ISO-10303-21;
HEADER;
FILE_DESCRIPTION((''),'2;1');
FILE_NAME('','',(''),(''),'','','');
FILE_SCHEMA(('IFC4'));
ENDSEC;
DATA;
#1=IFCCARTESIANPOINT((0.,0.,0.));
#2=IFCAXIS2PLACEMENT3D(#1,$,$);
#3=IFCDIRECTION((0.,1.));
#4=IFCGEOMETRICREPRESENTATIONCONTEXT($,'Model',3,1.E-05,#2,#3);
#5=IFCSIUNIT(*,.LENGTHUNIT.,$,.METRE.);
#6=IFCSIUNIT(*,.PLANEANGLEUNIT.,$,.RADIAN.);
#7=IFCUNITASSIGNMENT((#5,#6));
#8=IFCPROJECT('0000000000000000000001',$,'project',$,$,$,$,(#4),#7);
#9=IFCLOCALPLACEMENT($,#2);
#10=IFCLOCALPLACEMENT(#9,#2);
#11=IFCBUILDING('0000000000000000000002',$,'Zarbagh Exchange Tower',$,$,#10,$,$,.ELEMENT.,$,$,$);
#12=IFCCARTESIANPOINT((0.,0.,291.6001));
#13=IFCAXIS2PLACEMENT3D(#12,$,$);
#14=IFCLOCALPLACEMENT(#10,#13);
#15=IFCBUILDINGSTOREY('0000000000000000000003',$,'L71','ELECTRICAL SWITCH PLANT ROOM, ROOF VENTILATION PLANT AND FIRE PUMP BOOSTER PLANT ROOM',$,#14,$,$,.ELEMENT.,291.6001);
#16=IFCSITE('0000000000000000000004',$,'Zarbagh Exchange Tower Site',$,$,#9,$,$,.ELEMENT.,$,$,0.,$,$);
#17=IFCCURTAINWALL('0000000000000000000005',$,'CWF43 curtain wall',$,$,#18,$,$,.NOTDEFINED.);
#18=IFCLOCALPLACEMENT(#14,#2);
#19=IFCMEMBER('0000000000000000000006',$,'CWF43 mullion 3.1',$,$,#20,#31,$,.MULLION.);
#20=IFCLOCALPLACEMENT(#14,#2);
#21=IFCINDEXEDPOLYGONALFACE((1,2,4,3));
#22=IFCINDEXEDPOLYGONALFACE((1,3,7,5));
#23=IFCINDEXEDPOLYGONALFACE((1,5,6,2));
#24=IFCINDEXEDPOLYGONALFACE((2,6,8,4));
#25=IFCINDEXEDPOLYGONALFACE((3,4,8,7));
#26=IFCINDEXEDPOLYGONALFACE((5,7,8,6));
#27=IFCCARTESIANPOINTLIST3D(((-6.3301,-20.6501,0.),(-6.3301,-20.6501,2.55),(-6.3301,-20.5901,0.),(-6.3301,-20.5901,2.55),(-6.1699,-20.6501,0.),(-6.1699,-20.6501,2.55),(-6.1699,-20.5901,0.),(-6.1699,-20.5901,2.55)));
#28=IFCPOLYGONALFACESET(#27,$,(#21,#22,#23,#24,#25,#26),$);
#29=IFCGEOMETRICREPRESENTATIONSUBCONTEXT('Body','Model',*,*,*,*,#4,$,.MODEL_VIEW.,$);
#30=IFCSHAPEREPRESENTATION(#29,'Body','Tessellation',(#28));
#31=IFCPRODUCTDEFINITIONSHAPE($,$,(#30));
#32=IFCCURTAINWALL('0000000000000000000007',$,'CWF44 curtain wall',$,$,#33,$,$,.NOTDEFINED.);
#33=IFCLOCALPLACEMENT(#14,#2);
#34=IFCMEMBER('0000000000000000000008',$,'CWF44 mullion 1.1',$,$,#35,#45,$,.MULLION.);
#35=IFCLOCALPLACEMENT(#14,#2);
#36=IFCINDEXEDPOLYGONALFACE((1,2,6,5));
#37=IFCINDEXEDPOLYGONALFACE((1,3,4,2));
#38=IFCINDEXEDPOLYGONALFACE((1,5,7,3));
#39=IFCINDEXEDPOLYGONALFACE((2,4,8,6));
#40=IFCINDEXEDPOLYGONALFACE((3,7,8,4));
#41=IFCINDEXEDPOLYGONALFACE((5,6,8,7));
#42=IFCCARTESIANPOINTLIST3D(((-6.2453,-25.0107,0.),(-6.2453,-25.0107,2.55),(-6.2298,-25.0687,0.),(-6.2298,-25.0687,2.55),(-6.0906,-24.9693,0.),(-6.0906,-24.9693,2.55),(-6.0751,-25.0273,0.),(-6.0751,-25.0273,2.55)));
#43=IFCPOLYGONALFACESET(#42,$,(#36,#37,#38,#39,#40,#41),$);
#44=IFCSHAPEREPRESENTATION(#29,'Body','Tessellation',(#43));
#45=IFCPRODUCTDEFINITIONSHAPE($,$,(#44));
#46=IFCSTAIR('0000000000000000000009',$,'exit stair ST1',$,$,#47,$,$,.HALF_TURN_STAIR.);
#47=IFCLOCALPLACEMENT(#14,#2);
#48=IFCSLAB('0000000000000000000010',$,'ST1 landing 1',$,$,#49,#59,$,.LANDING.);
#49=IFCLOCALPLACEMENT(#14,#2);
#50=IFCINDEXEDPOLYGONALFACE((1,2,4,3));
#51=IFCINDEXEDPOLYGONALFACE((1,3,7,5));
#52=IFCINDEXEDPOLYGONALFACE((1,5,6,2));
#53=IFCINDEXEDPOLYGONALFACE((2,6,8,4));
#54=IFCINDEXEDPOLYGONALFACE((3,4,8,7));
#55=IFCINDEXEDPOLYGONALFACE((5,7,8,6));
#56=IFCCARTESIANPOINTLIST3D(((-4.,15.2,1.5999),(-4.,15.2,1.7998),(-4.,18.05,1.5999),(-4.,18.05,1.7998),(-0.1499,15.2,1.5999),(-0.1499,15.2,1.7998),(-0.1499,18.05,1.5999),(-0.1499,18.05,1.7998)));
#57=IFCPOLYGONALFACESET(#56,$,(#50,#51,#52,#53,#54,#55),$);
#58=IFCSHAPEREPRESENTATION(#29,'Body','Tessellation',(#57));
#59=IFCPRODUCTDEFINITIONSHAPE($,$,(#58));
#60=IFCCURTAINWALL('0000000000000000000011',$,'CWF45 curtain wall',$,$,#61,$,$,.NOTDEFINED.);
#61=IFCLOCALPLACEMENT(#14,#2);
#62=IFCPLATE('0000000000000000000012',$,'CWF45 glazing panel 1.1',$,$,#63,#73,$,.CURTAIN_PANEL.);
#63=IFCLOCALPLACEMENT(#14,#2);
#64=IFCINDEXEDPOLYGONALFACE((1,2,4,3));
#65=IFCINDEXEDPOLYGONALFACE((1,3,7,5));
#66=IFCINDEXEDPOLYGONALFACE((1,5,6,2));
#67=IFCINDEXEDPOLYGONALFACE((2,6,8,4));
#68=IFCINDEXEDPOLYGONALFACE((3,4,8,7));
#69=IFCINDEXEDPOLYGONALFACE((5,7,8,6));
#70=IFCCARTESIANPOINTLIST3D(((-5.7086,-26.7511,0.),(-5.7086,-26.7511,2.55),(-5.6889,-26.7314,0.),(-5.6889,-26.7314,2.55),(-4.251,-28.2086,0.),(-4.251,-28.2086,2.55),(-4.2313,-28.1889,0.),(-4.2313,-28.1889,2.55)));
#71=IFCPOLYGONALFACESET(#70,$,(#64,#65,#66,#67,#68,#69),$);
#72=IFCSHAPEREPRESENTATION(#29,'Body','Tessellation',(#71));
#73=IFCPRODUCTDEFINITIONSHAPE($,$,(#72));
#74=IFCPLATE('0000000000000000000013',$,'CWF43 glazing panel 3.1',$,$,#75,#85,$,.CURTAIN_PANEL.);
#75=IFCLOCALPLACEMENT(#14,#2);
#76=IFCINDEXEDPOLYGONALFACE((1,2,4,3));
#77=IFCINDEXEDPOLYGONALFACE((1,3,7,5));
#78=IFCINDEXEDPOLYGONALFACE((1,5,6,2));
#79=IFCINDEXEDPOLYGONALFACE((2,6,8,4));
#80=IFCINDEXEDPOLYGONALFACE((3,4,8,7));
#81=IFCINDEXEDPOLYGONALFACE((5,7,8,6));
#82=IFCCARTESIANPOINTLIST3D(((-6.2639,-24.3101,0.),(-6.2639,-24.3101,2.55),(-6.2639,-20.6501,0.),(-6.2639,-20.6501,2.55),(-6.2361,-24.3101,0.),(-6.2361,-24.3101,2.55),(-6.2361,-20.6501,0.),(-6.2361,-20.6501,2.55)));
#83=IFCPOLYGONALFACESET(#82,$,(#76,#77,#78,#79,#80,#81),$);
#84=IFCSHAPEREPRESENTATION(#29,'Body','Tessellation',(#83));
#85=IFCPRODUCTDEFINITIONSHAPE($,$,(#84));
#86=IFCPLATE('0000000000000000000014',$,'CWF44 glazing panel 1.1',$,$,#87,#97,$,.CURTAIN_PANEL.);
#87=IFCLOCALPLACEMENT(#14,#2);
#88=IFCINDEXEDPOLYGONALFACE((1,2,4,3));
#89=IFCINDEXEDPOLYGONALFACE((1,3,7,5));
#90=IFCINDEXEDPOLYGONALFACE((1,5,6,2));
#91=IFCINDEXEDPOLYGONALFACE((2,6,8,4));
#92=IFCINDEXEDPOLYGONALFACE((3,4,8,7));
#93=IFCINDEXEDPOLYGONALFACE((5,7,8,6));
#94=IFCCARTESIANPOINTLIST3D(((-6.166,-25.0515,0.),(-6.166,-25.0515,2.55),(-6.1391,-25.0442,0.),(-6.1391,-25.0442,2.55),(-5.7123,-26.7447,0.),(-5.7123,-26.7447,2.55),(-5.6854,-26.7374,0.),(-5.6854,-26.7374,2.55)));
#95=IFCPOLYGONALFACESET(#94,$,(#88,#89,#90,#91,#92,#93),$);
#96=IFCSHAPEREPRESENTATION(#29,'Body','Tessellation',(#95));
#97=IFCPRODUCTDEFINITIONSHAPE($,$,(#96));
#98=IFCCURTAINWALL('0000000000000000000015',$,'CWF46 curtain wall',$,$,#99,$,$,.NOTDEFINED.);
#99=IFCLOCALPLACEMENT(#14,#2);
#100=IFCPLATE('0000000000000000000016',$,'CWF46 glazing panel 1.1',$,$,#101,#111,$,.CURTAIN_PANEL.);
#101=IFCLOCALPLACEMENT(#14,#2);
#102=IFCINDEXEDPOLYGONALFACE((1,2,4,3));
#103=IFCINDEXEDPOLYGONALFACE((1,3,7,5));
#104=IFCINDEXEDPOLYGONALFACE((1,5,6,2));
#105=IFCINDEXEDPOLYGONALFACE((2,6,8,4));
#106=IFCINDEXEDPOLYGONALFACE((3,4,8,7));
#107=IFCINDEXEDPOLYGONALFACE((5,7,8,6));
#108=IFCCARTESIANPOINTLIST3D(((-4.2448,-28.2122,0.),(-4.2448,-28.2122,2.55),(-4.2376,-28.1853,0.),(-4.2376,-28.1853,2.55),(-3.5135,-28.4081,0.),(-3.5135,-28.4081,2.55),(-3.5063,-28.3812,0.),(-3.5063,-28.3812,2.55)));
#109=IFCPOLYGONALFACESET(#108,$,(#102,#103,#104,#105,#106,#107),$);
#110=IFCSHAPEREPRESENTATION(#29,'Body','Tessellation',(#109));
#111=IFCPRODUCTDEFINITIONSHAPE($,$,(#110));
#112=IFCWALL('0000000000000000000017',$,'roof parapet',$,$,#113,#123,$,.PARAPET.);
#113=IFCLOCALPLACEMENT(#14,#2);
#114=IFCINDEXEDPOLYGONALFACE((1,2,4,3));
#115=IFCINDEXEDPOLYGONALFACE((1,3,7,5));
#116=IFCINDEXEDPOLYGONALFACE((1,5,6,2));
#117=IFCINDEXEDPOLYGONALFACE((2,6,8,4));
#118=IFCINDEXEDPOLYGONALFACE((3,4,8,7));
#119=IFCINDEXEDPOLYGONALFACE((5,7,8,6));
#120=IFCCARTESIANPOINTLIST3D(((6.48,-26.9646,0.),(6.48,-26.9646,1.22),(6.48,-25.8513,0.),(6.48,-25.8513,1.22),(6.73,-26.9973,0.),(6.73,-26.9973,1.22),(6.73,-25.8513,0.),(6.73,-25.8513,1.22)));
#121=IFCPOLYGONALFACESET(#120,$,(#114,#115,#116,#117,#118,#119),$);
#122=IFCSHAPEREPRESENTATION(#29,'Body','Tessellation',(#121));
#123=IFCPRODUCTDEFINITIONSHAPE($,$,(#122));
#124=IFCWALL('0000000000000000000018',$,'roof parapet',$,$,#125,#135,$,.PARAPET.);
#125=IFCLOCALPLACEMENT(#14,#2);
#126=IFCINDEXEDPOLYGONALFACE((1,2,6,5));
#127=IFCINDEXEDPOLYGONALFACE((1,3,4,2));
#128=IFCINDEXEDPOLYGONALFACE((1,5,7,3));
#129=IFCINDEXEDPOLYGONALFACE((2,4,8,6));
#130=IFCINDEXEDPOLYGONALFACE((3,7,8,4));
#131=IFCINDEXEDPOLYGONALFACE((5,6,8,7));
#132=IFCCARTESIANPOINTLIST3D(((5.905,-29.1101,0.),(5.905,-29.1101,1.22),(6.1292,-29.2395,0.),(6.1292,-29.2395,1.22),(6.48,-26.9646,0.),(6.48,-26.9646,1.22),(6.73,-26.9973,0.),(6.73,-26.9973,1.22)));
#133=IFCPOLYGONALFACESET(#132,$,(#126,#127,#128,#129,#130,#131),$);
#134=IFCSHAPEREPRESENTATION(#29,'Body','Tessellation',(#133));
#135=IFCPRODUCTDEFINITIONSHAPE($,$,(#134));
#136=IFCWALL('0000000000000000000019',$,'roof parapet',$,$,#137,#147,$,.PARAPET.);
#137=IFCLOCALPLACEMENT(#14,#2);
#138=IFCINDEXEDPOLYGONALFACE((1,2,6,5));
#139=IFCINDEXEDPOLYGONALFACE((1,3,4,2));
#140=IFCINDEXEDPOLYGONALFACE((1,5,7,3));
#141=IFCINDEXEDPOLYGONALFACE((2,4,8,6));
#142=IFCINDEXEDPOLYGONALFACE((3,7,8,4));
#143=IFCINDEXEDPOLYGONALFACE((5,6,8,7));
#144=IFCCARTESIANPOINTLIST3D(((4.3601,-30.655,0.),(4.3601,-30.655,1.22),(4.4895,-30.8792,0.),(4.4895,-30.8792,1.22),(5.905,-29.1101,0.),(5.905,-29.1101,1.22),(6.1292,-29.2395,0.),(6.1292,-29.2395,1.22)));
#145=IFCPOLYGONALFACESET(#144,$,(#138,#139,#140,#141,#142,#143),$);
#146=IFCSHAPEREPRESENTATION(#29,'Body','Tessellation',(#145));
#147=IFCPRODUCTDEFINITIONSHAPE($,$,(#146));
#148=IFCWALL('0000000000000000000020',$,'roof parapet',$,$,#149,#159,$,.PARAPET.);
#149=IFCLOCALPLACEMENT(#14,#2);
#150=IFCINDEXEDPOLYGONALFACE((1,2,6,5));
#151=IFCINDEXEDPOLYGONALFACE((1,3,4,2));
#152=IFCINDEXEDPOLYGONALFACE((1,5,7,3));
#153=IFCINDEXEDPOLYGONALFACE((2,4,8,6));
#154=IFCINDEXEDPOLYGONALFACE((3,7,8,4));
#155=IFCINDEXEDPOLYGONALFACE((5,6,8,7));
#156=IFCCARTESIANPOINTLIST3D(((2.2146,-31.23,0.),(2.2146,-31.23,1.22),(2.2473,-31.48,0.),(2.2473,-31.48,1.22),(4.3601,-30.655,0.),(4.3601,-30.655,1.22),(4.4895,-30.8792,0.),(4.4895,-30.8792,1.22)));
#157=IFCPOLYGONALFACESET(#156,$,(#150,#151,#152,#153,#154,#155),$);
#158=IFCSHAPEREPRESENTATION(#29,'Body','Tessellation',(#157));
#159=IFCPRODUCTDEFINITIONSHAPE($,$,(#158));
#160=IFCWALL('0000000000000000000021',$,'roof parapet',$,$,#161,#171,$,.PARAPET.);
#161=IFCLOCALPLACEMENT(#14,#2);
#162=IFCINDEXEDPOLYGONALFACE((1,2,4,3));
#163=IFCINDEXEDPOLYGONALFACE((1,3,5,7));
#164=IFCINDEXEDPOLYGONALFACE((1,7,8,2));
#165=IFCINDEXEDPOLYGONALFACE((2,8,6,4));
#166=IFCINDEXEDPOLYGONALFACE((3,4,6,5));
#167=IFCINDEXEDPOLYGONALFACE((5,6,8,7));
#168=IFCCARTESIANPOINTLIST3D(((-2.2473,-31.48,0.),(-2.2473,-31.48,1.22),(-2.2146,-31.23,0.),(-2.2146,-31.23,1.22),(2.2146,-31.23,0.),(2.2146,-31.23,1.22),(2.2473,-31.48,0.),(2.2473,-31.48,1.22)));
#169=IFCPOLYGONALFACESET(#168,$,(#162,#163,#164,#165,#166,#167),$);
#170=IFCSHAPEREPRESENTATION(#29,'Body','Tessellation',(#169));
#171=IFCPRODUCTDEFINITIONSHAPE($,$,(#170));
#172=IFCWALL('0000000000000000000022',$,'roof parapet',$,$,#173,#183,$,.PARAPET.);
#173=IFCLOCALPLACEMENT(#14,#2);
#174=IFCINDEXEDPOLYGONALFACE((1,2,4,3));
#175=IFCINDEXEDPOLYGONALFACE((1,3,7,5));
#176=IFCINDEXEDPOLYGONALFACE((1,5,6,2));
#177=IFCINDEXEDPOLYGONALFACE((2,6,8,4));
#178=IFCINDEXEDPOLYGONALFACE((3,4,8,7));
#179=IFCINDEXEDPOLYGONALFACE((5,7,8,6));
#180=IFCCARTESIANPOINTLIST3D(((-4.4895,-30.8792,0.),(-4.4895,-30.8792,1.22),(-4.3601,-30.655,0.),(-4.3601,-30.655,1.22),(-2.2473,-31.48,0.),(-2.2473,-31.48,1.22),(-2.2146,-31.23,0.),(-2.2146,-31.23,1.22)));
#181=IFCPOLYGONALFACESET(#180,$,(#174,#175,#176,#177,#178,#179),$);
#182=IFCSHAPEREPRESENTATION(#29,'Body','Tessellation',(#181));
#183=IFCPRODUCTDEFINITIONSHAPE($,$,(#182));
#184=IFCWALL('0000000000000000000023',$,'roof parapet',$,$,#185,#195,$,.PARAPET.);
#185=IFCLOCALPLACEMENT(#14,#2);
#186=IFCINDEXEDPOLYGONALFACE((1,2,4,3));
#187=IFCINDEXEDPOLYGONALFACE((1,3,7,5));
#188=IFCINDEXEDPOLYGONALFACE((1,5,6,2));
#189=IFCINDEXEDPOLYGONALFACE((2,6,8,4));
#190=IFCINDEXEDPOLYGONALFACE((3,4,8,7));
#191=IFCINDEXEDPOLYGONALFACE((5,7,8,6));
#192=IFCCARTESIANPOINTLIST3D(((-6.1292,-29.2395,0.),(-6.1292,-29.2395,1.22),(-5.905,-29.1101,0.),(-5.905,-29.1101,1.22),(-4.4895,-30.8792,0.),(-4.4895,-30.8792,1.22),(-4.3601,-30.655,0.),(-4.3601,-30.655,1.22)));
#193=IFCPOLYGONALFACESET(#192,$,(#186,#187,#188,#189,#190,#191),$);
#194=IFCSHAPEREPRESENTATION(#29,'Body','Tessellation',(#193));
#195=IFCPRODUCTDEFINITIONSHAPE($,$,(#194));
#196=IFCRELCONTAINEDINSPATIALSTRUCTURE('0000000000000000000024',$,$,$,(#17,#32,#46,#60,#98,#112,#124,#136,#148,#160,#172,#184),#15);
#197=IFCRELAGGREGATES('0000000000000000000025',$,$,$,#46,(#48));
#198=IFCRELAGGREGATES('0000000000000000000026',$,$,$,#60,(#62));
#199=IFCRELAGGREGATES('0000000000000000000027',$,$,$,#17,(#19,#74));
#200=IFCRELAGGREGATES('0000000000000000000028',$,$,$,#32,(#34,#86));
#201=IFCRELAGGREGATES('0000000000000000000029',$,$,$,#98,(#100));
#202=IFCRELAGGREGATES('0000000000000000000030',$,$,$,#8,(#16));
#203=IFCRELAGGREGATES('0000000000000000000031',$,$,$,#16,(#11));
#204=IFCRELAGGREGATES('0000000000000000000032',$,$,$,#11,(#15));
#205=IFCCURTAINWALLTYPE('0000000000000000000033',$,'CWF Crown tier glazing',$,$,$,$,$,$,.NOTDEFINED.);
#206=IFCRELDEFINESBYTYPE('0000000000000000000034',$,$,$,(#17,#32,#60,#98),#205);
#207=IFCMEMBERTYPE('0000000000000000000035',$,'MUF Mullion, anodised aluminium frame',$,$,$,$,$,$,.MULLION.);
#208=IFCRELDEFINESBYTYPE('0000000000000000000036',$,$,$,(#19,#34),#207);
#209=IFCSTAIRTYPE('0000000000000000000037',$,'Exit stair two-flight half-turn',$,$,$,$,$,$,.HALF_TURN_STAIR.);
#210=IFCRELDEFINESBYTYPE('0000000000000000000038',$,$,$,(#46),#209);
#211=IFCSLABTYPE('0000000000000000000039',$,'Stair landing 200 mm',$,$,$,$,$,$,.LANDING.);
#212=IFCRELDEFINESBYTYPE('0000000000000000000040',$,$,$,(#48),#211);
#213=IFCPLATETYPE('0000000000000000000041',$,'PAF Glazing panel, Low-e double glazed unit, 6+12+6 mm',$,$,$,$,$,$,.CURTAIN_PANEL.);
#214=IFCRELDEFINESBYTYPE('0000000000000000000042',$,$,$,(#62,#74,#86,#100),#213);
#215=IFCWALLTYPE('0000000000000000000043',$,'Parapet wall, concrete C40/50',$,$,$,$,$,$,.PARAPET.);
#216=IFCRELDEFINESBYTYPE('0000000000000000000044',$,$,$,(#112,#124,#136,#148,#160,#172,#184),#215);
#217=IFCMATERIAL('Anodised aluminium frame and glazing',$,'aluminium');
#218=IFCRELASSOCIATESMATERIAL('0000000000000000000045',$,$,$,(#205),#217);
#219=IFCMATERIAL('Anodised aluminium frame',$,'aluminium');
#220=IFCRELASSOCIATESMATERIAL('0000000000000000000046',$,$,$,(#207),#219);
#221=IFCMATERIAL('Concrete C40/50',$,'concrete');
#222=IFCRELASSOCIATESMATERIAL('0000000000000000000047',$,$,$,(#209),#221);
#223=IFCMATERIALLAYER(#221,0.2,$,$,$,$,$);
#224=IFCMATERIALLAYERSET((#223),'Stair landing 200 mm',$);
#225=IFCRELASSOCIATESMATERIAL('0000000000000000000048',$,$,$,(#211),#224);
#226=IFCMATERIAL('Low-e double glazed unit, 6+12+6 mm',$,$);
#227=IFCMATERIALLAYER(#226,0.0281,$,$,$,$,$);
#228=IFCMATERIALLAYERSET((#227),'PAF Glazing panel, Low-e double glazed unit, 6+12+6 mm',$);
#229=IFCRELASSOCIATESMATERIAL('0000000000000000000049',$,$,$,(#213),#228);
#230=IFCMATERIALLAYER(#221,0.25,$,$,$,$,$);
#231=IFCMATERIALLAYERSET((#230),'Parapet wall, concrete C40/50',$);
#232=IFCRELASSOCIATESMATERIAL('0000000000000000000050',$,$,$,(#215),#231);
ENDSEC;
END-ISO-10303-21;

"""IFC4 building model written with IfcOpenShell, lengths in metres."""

from ifc_helpers import new_model, si_unit, direction, frame, origin, place, context, subcontext, project, spatial, polyline, outline, extrude, source, transform, mapped, material, layer, layer_set, type_object, element, aggregate, save


model = new_model("IFC4")

# Units and contexts
model_context = context("Model", 3, precision=1e-05, world=origin(), true_north=direction((0.0, 1.0)))
body_context = subcontext(model_context, "Body", "Model", "MODEL_VIEW")
ifc_project = project(units=[si_unit("LENGTHUNIT", "METRE"), si_unit("PLANEANGLEUNIT", "RADIAN")], contexts=[model_context])

# Site, building, storey
site_placement = place(None, origin())
site = spatial("IfcSite", under=ifc_project, at=site_placement, Name="Zarbagh Exchange Tower Site", CompositionType="ELEMENT", RefElevation=0.0)
building_placement = place(site_placement, origin())
building = spatial("IfcBuilding", under=site, at=building_placement, Name="Zarbagh Exchange Tower", CompositionType="ELEMENT")
storey_placement = place(building_placement, frame((0.0, 0.0, 291.6001)))
storey = spatial("IfcBuildingStorey", under=building, at=storey_placement, Name="L71", Description="ELECTRICAL SWITCH PLANT ROOM, ROOF VENTILATION PLANT AND FIRE PUMP BOOSTER PLANT ROOM", CompositionType="ELEMENT", Elevation=291.6001)

# Curtain walls, members
ifc_material_1 = material(Name="Anodised aluminium frame and glazing", Category="aluminium")
curtain_wall_type = type_object("IfcCurtainWallType", Name="CWF Crown tier glazing", PredefinedType="NOTDEFINED", material=ifc_material_1)
curtain_wall_1_placement = place(storey_placement, origin())
curtain_wall_1 = element("IfcCurtainWall", 1, at=curtain_wall_1_placement, inside=storey, type_object=curtain_wall_type, Name="CWF43 curtain wall", PredefinedType="NOTDEFINED")
ifc_material_2 = material(Name="Anodised aluminium frame", Category="aluminium")
member_type = type_object("IfcMemberType", Name="MUF Mullion, anodised aluminium frame", PredefinedType="MULLION", material=ifc_material_2)
shared_shape_1 = source(origin(), body_context, "Body", "SweptSolid", [
    extrude(outline(polyline([(0.0, -0.0801), (0.0601, -0.0801), (0.0601, 0.0801), (0.0, 0.0801), (0.0, -0.0801)])), origin(), (0.0, 0.0, 1.0), 2.55),
])
placement = place(storey_placement, origin())
member_1 = element("IfcMember", 2, at=placement, type_object=member_type, Name="CWF43 mullion 3.1", PredefinedType="MULLION", context=body_context, shape_type="MappedRepresentation", body=[
    mapped(shared_shape_1, transform((-6.25, -20.5901, 0.0), x_axis=(0.0, -1.0, 0.0), y_axis=(1.0, 0.0, 0.0), z_axis=(0.0, 0.0, 1.0))),
])
curtain_wall_2_placement = place(storey_placement, origin())
curtain_wall_2 = element("IfcCurtainWall", 3, at=curtain_wall_2_placement, inside=storey, type_object=curtain_wall_type, Name="CWF44 curtain wall", PredefinedType="NOTDEFINED")
member_2 = element("IfcMember", 4, at=placement, type_object=member_type, Name="CWF44 mullion 1.1", PredefinedType="MULLION", context=body_context, shape_type="MappedRepresentation", body=[
    mapped(shared_shape_1, transform((-6.168, -24.99, 0.0), x_axis=(0.258825, -0.965924, 0.0), y_axis=(0.965924, 0.258825, 0.0), z_axis=(0.0, 0.0, 1.0))),
])

# Stair, slab
ifc_material_3 = material(Name="Concrete C40/50", Category="concrete")
stair_type = type_object("IfcStairType", Name="Exit stair two-flight half-turn", PredefinedType="HALF_TURN_STAIR", material=ifc_material_3)
stair_placement = place(storey_placement, origin())
stair = element("IfcStair", 5, at=stair_placement, inside=storey, type_object=stair_type, Name="exit stair ST1", PredefinedType="HALF_TURN_STAIR")
ifc_layer_1 = layer(ifc_material_3, 0.2)
ifc_layer_set_1 = layer_set([ifc_layer_1], Name="Stair landing 200 mm")
slab_type = type_object("IfcSlabType", Name="Stair landing 200 mm", PredefinedType="LANDING", material=ifc_layer_set_1)
slab_placement = place(storey_placement, frame((0.0, 0.0, 1.5999)))
slab = element("IfcSlab", 6, at=slab_placement, type_object=slab_type, Name="ST1 landing 1", PredefinedType="LANDING", context=body_context, shape_type="SweptSolid", body=[
    extrude(outline(polyline([(-0.1499, 18.05), (-4.0, 18.05), (-4.0, 15.2), (-0.1499, 15.2), (-0.1499, 18.05)])), origin(), (0.0, 0.0, 1.0), 0.2),
])
aggregate(stair, [slab])

# Curtain wall, plate
curtain_wall_3_placement = place(storey_placement, origin())
curtain_wall_3 = element("IfcCurtainWall", 7, at=curtain_wall_3_placement, inside=storey, type_object=curtain_wall_type, Name="CWF45 curtain wall", PredefinedType="NOTDEFINED")
ifc_material_4 = material(Name="Low-e double glazed unit, 6+12+6 mm")
ifc_layer_2 = layer(ifc_material_4, 0.0281)
ifc_layer_set_2 = layer_set([ifc_layer_2], Name="PAF Glazing panel, Low-e double glazed unit, 6+12+6 mm")
plate_type = type_object("IfcPlateType", Name="PAF Glazing panel, Low-e double glazed unit, 6+12+6 mm", PredefinedType="CURTAIN_PANEL", material=ifc_layer_set_2)
shared_shape_2 = source(origin(), body_context, "Body", "SweptSolid", [
    extrude(outline(polyline([(0.0, -0.0139), (2.0613, -0.0139), (2.0613, 0.0139), (0.0, 0.0139), (0.0, -0.0139)])), origin(), (0.0, 0.0, 1.0), 2.55),
])
plate_1 = element("IfcPlate", 8, at=placement, type_object=plate_type, Name="CWF45 glazing panel 1.1", PredefinedType="CURTAIN_PANEL", context=body_context, shape_type="MappedRepresentation", body=[
    mapped(shared_shape_2, transform((-5.6987, -26.7412, 0.0), x_axis=(0.707107, -0.707107, 0.0), y_axis=(0.707107, 0.707107, 0.0), z_axis=(0.0, 0.0, 1.0))),
])
aggregate(curtain_wall_3, [plate_1])

# Plates
shared_shape_3 = source(origin(), body_context, "Body", "SweptSolid", [
    extrude(outline(polyline([(0.0, -0.0139), (3.6599, -0.0139), (3.6599, 0.0139), (0.0, 0.0139), (0.0, -0.0139)])), origin(), (0.0, 0.0, 1.0), 2.55),
])
plate_2 = element("IfcPlate", 9, at=placement, type_object=plate_type, Name="CWF43 glazing panel 3.1", PredefinedType="CURTAIN_PANEL", context=body_context, shape_type="MappedRepresentation", body=[
    mapped(shared_shape_3, transform((-6.25, -20.6501, 0.0), x_axis=(0.0, -1.0, 0.0), y_axis=(1.0, 0.0, 0.0), z_axis=(0.0, 0.0, 1.0))),
])
aggregate(curtain_wall_1, [member_1, plate_2])
shared_shape_4 = source(origin(), body_context, "Body", "SweptSolid", [
    extrude(outline(polyline([(0.0, -0.0139), (1.7529, -0.0139), (1.7529, 0.0139), (0.0, 0.0139), (0.0, -0.0139)])), origin(), (0.0, 0.0, 1.0), 2.55),
])
plate_3 = element("IfcPlate", 10, at=placement, type_object=plate_type, Name="CWF44 glazing panel 1.1", PredefinedType="CURTAIN_PANEL", context=body_context, shape_type="MappedRepresentation", body=[
    mapped(shared_shape_4, transform((-6.1526, -25.0479, 0.0), x_axis=(0.258825, -0.965924, 0.0), y_axis=(0.965924, 0.258825, 0.0), z_axis=(0.0, 0.0, 1.0))),
])
aggregate(curtain_wall_2, [member_2, plate_3])

# Curtain wall, plate
curtain_wall_4_placement = place(storey_placement, origin())
curtain_wall_4 = element("IfcCurtainWall", 11, at=curtain_wall_4_placement, inside=storey, type_object=curtain_wall_type, Name="CWF46 curtain wall", PredefinedType="NOTDEFINED")
shared_shape_5 = source(origin(), body_context, "Body", "SweptSolid", [
    extrude(outline(polyline([(0.0, -0.0139), (0.7571, -0.0139), (0.7571, 0.0139), (0.0, 0.0139), (0.0, -0.0139)])), origin(), (0.0, 0.0, 1.0), 2.55),
])
plate_4 = element("IfcPlate", 12, at=placement, type_object=plate_type, Name="CWF46 glazing panel 1.1", PredefinedType="CURTAIN_PANEL", context=body_context, shape_type="MappedRepresentation", body=[
    mapped(shared_shape_5, transform((-4.2412, -28.1987, 0.0), x_axis=(0.965924, -0.258825, 0.0), y_axis=(0.258825, 0.965924, 0.0), z_axis=(0.0, 0.0, 1.0))),
])
aggregate(curtain_wall_4, [plate_4])

# Walls
ifc_layer_3 = layer(ifc_material_3, 0.25)
ifc_layer_set_3 = layer_set([ifc_layer_3], Name="Parapet wall, concrete C40/50")
wall_type_1 = type_object("IfcWallType", Name="Parapet wall, concrete C40/50", PredefinedType="PARAPET", material=ifc_layer_set_3)
wall_1_placement = place(storey_placement, origin())
element("IfcWall", 13, at=wall_1_placement, inside=storey, type_object=wall_type_1, Name="roof parapet", PredefinedType="PARAPET", context=body_context, shape_type="SweptSolid", body=[
    extrude(outline(polyline([(6.73, -25.8513), (6.73, -26.9973), (6.48, -26.9646), (6.48, -25.8513), (6.73, -25.8513)])), origin(), (0.0, 0.0, 1.0), 1.22),
])
wall_2_placement = place(storey_placement, origin())
element("IfcWall", 14, at=wall_2_placement, inside=storey, type_object=wall_type_1, Name="roof parapet", PredefinedType="PARAPET", context=body_context, shape_type="SweptSolid", body=[
    extrude(outline(polyline([(6.73, -26.9973), (6.1292, -29.2395), (5.905, -29.1101), (6.48, -26.9646), (6.73, -26.9973)])), origin(), (0.0, 0.0, 1.0), 1.22),
])
wall_3_placement = place(storey_placement, origin())
element("IfcWall", 15, at=wall_3_placement, inside=storey, type_object=wall_type_1, Name="roof parapet", PredefinedType="PARAPET", context=body_context, shape_type="SweptSolid", body=[
    extrude(outline(polyline([(6.1292, -29.2395), (4.4895, -30.8792), (4.3601, -30.655), (5.905, -29.1101), (6.1292, -29.2395)])), origin(), (0.0, 0.0, 1.0), 1.22),
])
wall_4_placement = place(storey_placement, origin())
element("IfcWall", 16, at=wall_4_placement, inside=storey, type_object=wall_type_1, Name="roof parapet", PredefinedType="PARAPET", context=body_context, shape_type="SweptSolid", body=[
    extrude(outline(polyline([(4.4895, -30.8792), (2.2473, -31.48), (2.2146, -31.23), (4.3601, -30.655), (4.4895, -30.8792)])), origin(), (0.0, 0.0, 1.0), 1.22),
])
wall_5_placement = place(storey_placement, origin())
element("IfcWall", 17, at=wall_5_placement, inside=storey, type_object=wall_type_1, Name="roof parapet", PredefinedType="PARAPET", context=body_context, shape_type="SweptSolid", body=[
    extrude(outline(polyline([(2.2473, -31.48), (-2.2473, -31.48), (-2.2146, -31.23), (2.2146, -31.23), (2.2473, -31.48)])), origin(), (0.0, 0.0, 1.0), 1.22),
])
wall_6_placement = place(storey_placement, origin())
element("IfcWall", 18, at=wall_6_placement, inside=storey, type_object=wall_type_1, Name="roof parapet", PredefinedType="PARAPET", context=body_context, shape_type="SweptSolid", body=[
    extrude(outline(polyline([(-2.2473, -31.48), (-4.4895, -30.8792), (-4.3601, -30.655), (-2.2146, -31.23), (-2.2473, -31.48)])), origin(), (0.0, 0.0, 1.0), 1.22),
])
wall_7_placement = place(storey_placement, origin())
element("IfcWall", 19, at=wall_7_placement, inside=storey, type_object=wall_type_1, Name="roof parapet", PredefinedType="PARAPET", context=body_context, shape_type="SweptSolid", body=[
    extrude(outline(polyline([(-4.4895, -30.8792), (-6.1292, -29.2395), (-5.905, -29.1101), (-4.3601, -30.655), (-4.4895, -30.8792)])), origin(), (0.0, 0.0, 1.0), 1.22),
])

save(model, "model.ifc")
